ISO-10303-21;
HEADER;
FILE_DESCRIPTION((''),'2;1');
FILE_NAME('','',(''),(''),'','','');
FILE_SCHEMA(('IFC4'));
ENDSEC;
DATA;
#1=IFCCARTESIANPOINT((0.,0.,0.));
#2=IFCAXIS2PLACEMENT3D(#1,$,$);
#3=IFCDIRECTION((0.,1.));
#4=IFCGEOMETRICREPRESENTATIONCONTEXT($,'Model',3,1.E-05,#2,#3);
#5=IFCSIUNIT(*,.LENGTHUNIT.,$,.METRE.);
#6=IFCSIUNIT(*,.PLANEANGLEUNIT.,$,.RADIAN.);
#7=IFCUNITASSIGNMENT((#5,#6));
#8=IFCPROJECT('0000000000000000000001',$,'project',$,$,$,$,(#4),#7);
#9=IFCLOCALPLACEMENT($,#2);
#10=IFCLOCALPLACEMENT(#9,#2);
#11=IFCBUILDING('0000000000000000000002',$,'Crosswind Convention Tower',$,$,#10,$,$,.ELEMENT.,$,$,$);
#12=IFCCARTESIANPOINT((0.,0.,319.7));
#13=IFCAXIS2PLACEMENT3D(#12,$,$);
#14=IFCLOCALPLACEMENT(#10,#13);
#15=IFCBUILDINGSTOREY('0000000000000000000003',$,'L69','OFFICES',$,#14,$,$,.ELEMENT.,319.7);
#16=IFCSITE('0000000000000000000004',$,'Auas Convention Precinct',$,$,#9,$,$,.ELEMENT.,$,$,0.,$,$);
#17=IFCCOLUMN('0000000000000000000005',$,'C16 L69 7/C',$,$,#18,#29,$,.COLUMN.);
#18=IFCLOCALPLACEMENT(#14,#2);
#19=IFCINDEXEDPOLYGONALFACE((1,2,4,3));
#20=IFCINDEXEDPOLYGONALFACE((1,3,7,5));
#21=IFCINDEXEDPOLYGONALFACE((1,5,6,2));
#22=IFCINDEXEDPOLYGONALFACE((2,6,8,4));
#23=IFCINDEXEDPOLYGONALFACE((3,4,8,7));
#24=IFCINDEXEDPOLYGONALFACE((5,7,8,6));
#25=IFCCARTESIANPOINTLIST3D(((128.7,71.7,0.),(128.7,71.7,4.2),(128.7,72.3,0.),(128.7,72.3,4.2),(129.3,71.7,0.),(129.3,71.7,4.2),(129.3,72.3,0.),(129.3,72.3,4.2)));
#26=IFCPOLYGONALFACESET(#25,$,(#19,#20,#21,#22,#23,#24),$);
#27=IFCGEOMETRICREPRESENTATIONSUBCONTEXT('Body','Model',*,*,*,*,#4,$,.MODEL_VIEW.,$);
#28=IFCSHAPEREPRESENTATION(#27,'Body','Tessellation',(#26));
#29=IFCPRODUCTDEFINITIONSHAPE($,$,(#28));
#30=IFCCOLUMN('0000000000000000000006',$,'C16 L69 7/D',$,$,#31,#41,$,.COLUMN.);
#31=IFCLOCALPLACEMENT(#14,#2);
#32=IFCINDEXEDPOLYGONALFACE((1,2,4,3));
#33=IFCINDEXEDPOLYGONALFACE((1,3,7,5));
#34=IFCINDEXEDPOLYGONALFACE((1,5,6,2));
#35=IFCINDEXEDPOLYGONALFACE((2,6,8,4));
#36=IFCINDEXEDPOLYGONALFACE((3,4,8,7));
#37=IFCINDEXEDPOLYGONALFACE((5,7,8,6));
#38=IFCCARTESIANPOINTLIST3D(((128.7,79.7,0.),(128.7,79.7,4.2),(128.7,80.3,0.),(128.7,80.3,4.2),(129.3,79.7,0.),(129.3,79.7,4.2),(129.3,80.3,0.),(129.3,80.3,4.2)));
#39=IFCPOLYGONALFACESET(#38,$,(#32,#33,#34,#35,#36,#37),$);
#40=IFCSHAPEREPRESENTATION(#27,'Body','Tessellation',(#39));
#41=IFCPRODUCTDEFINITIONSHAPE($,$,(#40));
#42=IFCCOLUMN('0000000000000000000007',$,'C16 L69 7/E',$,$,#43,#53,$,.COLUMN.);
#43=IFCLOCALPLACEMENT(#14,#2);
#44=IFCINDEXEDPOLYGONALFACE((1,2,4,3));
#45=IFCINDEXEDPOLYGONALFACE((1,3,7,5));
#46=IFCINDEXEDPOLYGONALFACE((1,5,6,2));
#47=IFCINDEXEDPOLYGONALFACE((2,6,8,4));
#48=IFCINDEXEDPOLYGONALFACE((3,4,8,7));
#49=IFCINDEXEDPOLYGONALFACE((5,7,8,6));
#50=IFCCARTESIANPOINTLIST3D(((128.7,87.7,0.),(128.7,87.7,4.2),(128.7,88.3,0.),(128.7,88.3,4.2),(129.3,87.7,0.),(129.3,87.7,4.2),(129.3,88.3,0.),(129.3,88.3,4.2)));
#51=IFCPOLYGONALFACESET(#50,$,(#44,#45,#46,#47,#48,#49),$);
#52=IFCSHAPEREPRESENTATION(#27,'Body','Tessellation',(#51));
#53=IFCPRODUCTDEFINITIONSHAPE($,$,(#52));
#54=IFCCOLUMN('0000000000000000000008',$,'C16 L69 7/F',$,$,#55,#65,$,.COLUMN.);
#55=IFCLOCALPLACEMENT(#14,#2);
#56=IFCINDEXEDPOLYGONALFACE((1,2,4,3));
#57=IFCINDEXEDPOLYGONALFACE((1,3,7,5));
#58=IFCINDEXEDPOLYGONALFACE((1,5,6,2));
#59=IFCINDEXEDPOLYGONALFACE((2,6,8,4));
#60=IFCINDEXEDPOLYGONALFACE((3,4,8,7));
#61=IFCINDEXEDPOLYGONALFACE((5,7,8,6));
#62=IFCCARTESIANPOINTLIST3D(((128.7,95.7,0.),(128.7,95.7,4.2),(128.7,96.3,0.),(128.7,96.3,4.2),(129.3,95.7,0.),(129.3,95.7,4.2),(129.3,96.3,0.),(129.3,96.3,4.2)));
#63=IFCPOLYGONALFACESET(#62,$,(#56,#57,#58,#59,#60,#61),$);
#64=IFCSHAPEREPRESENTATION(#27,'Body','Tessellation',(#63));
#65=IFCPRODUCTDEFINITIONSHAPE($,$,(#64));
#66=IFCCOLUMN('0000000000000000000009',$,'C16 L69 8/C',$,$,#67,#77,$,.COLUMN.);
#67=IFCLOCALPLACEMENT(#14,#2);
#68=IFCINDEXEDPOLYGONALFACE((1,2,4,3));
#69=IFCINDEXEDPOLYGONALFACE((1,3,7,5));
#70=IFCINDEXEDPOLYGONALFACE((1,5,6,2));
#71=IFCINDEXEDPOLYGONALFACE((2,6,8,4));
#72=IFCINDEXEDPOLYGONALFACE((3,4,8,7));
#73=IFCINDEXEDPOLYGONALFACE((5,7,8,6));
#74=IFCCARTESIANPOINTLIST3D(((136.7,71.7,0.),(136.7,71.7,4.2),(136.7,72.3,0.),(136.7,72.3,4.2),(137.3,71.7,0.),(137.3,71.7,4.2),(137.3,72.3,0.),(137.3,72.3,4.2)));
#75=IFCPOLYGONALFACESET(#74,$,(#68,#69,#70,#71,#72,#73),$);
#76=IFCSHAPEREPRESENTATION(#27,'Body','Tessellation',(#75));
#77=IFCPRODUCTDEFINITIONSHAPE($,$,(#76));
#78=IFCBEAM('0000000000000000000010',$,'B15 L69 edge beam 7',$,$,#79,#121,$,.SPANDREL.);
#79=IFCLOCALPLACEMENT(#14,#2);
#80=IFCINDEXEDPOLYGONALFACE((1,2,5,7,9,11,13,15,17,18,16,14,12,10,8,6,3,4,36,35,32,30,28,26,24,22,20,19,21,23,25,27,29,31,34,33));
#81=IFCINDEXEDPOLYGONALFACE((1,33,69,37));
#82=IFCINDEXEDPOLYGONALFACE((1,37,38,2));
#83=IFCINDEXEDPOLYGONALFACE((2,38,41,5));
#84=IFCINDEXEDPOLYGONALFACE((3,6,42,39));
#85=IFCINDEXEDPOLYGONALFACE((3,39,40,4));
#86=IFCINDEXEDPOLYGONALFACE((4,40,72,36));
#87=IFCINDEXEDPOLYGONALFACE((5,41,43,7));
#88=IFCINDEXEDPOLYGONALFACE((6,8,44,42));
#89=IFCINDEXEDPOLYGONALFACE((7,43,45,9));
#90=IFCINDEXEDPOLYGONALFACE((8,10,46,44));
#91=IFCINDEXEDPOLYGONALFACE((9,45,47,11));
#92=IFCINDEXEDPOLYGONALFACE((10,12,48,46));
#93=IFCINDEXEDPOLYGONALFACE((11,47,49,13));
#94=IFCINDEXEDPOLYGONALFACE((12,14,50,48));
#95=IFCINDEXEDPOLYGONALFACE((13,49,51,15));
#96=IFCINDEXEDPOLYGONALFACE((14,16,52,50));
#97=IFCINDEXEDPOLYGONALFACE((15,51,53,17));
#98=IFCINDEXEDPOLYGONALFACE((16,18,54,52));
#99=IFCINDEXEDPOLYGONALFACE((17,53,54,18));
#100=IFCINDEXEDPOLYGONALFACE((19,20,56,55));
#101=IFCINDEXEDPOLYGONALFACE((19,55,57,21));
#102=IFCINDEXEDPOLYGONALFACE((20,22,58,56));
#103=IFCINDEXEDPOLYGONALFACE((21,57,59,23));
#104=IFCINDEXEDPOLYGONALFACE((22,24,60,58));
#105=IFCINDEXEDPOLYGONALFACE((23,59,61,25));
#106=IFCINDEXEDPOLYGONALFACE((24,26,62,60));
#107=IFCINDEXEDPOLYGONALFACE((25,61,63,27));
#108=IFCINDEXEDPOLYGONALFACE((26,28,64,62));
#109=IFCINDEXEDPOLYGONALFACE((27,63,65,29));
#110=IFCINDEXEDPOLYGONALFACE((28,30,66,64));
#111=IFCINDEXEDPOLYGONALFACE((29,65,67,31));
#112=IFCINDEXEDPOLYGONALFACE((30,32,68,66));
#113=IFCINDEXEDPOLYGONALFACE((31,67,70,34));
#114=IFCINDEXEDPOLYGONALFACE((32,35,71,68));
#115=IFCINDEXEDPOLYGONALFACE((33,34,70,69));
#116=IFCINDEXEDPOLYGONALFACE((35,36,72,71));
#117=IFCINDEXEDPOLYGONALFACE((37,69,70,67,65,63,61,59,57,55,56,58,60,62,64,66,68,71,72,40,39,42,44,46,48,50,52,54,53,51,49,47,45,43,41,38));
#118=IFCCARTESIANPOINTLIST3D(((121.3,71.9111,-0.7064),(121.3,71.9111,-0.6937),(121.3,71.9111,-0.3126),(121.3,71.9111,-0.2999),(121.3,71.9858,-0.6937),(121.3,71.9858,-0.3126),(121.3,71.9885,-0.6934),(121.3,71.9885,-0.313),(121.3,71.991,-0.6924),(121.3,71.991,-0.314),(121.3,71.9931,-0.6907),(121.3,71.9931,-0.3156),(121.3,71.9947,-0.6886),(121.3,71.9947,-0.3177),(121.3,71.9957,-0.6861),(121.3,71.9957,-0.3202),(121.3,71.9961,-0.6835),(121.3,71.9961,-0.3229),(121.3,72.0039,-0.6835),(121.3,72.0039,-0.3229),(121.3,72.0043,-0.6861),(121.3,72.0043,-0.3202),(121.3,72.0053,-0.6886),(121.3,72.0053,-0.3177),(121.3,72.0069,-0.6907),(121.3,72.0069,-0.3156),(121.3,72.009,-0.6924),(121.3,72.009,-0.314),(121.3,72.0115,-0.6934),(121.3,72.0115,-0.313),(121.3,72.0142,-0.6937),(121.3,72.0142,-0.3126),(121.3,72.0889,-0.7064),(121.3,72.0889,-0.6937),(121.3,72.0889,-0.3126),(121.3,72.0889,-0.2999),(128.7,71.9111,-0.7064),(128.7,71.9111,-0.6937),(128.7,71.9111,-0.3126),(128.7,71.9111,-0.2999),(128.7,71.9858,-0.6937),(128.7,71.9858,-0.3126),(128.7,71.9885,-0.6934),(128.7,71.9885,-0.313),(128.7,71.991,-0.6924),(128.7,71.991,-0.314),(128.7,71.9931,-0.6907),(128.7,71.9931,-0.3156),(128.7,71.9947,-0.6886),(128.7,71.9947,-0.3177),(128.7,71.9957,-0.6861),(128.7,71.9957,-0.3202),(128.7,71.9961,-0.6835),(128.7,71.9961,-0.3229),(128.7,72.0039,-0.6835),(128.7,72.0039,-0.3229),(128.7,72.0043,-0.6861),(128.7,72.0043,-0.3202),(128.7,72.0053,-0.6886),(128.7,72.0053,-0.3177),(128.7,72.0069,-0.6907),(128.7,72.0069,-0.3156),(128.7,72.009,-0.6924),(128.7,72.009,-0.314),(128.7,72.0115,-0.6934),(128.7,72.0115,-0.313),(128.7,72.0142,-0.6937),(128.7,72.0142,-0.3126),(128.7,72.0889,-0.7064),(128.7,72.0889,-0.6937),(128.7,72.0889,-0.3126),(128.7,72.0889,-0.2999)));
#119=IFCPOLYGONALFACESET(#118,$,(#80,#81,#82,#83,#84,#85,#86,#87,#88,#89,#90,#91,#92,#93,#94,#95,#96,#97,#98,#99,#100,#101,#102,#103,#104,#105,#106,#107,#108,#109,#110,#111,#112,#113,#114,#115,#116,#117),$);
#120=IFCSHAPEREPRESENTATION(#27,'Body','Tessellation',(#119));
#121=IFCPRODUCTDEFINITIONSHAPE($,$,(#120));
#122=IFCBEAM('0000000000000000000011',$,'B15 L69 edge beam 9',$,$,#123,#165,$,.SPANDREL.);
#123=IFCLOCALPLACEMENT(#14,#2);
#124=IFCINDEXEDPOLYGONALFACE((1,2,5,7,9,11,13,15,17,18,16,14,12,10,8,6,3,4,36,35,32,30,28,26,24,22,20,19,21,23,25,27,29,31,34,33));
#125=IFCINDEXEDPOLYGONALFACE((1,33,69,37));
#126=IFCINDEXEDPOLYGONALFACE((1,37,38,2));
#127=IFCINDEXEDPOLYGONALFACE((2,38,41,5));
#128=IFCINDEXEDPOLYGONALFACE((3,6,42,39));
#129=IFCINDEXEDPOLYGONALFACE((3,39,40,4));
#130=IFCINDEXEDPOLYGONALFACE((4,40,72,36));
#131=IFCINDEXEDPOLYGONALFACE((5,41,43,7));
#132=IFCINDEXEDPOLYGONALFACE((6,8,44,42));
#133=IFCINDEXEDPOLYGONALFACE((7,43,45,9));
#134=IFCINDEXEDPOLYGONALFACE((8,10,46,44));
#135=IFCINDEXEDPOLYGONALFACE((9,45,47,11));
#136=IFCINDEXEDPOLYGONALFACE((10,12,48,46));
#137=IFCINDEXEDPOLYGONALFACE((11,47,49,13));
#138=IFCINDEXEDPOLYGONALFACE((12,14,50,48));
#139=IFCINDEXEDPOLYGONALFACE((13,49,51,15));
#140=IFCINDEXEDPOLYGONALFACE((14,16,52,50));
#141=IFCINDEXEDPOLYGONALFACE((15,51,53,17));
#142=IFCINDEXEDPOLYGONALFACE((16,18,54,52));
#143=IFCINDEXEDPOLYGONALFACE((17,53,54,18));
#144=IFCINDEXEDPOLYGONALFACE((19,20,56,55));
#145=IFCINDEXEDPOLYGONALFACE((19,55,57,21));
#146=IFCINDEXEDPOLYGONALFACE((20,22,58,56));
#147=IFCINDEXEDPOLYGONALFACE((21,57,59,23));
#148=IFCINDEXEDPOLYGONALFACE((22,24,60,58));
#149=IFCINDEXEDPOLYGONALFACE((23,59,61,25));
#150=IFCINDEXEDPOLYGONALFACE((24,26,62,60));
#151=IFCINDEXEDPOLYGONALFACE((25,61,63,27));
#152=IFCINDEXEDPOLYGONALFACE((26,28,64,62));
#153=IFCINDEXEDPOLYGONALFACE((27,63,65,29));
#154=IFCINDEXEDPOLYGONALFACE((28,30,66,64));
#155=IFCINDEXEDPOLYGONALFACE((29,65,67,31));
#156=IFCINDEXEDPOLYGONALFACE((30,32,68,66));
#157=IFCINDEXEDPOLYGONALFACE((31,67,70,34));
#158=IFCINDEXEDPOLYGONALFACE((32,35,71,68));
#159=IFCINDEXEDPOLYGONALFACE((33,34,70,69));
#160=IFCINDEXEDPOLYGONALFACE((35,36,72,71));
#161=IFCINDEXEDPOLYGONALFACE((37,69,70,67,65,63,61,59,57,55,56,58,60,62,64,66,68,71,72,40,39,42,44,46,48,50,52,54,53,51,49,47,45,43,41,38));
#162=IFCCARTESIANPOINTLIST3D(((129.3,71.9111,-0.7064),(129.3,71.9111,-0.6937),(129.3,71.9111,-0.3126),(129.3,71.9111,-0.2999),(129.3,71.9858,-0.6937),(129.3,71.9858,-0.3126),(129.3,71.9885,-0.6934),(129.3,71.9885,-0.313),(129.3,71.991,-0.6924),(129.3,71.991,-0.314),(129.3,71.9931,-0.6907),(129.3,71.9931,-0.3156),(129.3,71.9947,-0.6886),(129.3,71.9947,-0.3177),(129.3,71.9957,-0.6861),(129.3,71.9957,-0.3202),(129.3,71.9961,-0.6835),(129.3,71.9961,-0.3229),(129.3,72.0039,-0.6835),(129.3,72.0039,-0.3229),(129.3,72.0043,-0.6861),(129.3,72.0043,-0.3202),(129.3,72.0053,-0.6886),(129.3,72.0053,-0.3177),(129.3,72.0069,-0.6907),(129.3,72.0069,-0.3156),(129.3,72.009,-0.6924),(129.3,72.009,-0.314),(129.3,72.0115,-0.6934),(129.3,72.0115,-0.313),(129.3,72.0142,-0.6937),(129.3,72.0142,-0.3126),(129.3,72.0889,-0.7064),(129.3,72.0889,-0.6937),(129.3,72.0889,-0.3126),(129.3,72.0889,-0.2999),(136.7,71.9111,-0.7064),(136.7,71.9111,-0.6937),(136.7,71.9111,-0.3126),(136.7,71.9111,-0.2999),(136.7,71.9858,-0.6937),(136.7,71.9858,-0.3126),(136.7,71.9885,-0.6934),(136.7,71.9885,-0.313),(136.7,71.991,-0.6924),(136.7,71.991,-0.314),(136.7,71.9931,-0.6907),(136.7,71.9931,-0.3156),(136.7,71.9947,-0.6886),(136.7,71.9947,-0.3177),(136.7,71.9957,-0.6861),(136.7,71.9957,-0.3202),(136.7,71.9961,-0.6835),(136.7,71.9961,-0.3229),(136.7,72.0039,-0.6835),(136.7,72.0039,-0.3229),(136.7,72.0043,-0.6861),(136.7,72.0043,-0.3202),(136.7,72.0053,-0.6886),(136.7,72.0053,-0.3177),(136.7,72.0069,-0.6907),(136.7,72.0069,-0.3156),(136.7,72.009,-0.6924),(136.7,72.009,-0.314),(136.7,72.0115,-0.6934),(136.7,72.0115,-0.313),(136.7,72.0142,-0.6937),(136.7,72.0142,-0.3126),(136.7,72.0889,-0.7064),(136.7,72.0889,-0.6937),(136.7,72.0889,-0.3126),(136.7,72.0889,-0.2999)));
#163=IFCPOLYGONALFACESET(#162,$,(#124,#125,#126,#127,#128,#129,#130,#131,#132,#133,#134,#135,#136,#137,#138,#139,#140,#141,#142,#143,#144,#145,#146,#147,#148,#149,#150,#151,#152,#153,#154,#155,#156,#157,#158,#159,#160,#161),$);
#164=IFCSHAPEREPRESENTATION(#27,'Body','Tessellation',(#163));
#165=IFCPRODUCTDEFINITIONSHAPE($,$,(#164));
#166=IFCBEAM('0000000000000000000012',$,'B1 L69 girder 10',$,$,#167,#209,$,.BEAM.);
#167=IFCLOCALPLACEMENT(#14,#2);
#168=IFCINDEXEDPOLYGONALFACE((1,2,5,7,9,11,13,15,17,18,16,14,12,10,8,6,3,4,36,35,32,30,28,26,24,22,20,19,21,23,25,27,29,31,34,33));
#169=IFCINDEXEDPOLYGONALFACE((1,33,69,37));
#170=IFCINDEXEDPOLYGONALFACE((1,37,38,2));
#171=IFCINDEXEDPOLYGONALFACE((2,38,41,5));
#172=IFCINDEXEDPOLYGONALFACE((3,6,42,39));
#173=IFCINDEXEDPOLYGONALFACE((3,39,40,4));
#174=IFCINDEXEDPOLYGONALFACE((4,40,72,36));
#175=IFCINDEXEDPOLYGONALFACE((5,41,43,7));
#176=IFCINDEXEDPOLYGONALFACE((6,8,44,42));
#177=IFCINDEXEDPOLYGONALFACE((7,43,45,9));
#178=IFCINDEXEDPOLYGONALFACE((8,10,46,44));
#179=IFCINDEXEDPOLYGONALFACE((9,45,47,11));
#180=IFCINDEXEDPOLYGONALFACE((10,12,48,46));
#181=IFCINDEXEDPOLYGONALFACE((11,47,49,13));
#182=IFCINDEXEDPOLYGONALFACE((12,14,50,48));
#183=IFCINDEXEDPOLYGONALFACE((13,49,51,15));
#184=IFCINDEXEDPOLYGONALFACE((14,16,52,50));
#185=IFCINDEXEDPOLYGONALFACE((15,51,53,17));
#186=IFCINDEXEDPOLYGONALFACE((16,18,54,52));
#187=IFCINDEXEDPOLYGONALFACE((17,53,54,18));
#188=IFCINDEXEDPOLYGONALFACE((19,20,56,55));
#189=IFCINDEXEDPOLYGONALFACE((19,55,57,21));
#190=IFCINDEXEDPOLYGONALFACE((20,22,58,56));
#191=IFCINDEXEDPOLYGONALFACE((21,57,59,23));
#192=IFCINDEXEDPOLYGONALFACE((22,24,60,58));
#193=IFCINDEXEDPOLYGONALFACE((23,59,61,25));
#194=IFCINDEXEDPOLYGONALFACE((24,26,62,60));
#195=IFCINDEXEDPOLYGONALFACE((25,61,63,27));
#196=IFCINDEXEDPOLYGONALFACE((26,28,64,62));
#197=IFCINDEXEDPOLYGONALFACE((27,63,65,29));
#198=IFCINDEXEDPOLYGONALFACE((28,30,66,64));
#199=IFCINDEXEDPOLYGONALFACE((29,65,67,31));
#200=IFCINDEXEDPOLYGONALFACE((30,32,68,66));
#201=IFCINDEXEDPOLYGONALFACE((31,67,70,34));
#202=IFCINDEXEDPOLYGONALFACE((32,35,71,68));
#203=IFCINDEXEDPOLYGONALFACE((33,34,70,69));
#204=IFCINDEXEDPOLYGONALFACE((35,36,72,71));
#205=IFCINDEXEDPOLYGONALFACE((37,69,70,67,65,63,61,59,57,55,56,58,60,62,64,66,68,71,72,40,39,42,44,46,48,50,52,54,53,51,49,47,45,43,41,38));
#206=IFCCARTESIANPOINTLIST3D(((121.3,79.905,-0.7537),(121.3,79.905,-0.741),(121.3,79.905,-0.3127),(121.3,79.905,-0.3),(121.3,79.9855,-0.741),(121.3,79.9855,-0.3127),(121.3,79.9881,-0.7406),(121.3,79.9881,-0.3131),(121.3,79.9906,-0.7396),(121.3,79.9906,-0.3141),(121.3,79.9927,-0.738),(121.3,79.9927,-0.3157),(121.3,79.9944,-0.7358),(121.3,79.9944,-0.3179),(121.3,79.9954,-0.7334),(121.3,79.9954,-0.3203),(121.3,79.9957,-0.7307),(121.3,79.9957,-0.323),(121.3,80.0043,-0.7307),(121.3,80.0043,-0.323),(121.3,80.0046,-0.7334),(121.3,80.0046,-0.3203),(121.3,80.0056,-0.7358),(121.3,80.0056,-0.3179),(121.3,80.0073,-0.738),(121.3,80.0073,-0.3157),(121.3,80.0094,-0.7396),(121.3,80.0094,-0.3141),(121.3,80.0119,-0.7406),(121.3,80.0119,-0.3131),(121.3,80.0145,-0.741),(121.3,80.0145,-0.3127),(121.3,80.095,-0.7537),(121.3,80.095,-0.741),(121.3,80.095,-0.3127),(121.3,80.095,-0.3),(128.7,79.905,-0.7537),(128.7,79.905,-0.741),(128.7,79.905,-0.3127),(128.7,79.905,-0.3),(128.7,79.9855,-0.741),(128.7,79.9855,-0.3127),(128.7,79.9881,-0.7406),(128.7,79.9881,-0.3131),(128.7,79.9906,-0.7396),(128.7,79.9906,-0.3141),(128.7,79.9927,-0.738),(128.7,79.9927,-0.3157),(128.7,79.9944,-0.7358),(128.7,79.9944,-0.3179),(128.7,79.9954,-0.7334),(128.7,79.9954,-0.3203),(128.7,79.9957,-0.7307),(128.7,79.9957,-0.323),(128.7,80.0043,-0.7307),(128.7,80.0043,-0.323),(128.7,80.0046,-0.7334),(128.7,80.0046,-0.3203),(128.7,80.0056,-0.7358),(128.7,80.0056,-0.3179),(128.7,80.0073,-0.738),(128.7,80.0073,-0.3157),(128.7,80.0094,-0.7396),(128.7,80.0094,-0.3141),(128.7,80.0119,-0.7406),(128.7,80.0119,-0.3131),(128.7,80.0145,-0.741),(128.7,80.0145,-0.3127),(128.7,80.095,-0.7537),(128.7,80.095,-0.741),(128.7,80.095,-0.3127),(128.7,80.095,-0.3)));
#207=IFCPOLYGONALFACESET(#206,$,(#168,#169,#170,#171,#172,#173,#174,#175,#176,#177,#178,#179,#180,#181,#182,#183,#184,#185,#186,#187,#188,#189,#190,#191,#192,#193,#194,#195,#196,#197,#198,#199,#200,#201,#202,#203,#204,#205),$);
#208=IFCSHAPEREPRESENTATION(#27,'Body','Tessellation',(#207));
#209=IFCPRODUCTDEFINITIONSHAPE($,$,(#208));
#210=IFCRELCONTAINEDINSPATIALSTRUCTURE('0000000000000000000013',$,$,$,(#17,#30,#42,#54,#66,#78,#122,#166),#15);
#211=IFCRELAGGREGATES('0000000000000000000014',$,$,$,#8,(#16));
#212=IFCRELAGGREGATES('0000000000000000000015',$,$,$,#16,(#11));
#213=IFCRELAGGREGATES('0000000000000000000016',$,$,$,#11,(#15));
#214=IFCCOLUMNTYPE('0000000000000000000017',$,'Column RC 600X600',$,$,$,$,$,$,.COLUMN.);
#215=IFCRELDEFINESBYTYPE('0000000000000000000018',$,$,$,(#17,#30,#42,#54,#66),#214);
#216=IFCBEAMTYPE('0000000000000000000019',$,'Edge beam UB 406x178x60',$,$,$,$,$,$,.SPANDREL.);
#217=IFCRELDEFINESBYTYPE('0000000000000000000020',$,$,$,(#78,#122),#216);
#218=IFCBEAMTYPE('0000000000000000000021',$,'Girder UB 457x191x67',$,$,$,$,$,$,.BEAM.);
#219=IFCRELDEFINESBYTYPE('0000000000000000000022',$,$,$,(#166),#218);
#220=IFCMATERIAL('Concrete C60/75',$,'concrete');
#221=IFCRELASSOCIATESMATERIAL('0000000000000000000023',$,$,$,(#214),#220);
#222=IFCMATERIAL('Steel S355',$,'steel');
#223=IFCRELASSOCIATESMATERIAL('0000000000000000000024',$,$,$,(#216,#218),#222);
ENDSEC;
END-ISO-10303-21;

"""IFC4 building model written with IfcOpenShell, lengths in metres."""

from ifc_helpers import new_model, si_unit, direction, frame, origin, origin_2d, place, context, subcontext, project, spatial, rectangle, i_section, extrude, material, material_profile, profile_set, type_object, element, save


model = new_model("IFC4")

# Units and contexts
model_context = context("Model", 3, precision=1e-05, world=origin(), true_north=direction((0.0, 1.0)))
body_context = subcontext(model_context, "Body", "Model", "MODEL_VIEW")
ifc_project = project(units=[si_unit("LENGTHUNIT", "METRE"), si_unit("PLANEANGLEUNIT", "RADIAN")], contexts=[model_context])

# Site, building, storey
site_placement = place(None, origin())
site = spatial("IfcSite", under=ifc_project, at=site_placement, Name="Auas Convention Precinct", CompositionType="ELEMENT", RefElevation=0.0)
building_placement = place(site_placement, origin())
building = spatial("IfcBuilding", under=site, at=building_placement, Name="Crosswind Convention Tower", CompositionType="ELEMENT")
storey_placement = place(building_placement, frame((0.0, 0.0, 319.7)))
storey = spatial("IfcBuildingStorey", under=building, at=storey_placement, Name="L69", Description="OFFICES", CompositionType="ELEMENT", Elevation=319.7)

# Columns
ifc_material_1 = material(Name="Concrete C60/75", Category="concrete")
ifc_material_profile_1 = material_profile(ifc_material_1, rectangle(XDim=0.6001, YDim=0.6001, at=origin_2d()), Name="RC 600X600")
ifc_profile_set_1 = profile_set([ifc_material_profile_1], Name="Concrete C60/75")
column_type = type_object("IfcColumnType", Name="Column RC 600X600", PredefinedType="COLUMN", material=ifc_profile_set_1)
for number, where, z_axis, x_axis, name in (
    (1, (129.0, 72.0, 0.0), (0.0, 0.0, 1.0), (1.0, 0.0, 0.0), "C16 L69 7/C"),
    (2, (129.0, 80.0, 0.0), (0.0, 0.0, 1.0), (1.0, 0.0, 0.0), "C16 L69 7/D"),
    (3, (129.0, 88.0, 0.0), (0.0, 0.0, 1.0), (1.0, 0.0, 0.0), "C16 L69 7/E"),
    (4, (129.0, 96.0, 0.0), (0.0, 0.0, 1.0), (1.0, 0.0, 0.0), "C16 L69 7/F"),
    (5, (137.0, 72.0, 0.0), (0.0, 0.0, 1.0), (1.0, 0.0, 0.0), "C16 L69 8/C"),
):
    element("IfcColumn", number, at=place(storey_placement, frame(where, z_axis=z_axis, x_axis=x_axis)), inside=storey, type_object=column_type, Name=name, PredefinedType="COLUMN", context=body_context, shape_type="SweptSolid", body=[
        extrude(rectangle(XDim=0.6001, YDim=0.6001, at=origin_2d()), origin(), (0.0, 0.0, 1.0), 4.2),
    ])

# Beams
ifc_material_2 = material(Name="Steel S355", Category="steel")
ifc_material_profile_2 = material_profile(ifc_material_2, i_section(OverallWidth=0.1777, OverallDepth=0.4065, WebThickness=0.0078, FlangeThickness=0.0127, FilletRadius=0.0103, at=origin_2d()), Name="UB 406x178x60")
ifc_profile_set_2 = profile_set([ifc_material_profile_2], Name="Steel S355")
beam_type_1 = type_object("IfcBeamType", Name="Edge beam UB 406x178x60", PredefinedType="SPANDREL", material=ifc_profile_set_2)
for number, where, z_axis, x_axis, name in (
    (6, (121.3, 72.0, -0.5032), (1.0, 0.0, 0.0), (0.0, 1.0, 0.0), "B15 L69 edge beam 7"),
    (7, (129.3, 72.0, -0.5032), (1.0, 0.0, 0.0), (0.0, 1.0, 0.0), "B15 L69 edge beam 9"),
):
    element("IfcBeam", number, at=place(storey_placement, frame(where, z_axis=z_axis, x_axis=x_axis)), inside=storey, type_object=beam_type_1, Name=name, PredefinedType="SPANDREL", context=body_context, shape_type="SweptSolid", body=[
        extrude(i_section(OverallWidth=0.1777, OverallDepth=0.4065, WebThickness=0.0078, FlangeThickness=0.0127, FilletRadius=0.0103, at=origin_2d()), origin(), (0.0, 0.0, 1.0), 7.3999),
    ])
ifc_material_profile_3 = material_profile(ifc_material_2, i_section(OverallWidth=0.1899, OverallDepth=0.4536, WebThickness=0.0085, FlangeThickness=0.0127, FilletRadius=0.0103, at=origin_2d()), Name="UB 457x191x67")
ifc_profile_set_3 = profile_set([ifc_material_profile_3], Name="Steel S355")
beam_type_2 = type_object("IfcBeamType", Name="Girder UB 457x191x67", PredefinedType="BEAM", material=ifc_profile_set_3)
for number, where, z_axis, x_axis, name in (
    (8, (121.3, 80.0, -0.5269), (1.0, 0.0, 0.0), (0.0, 1.0, 0.0), "B1 L69 girder 10"),
):
    element("IfcBeam", number, at=place(storey_placement, frame(where, z_axis=z_axis, x_axis=x_axis)), inside=storey, type_object=beam_type_2, Name=name, PredefinedType="BEAM", context=body_context, shape_type="SweptSolid", body=[
        extrude(i_section(OverallWidth=0.1899, OverallDepth=0.4536, WebThickness=0.0085, FlangeThickness=0.0127, FilletRadius=0.0103, at=origin_2d()), origin(), (0.0, 0.0, 1.0), 7.3999),
    ])

save(model, "model.ifc")
